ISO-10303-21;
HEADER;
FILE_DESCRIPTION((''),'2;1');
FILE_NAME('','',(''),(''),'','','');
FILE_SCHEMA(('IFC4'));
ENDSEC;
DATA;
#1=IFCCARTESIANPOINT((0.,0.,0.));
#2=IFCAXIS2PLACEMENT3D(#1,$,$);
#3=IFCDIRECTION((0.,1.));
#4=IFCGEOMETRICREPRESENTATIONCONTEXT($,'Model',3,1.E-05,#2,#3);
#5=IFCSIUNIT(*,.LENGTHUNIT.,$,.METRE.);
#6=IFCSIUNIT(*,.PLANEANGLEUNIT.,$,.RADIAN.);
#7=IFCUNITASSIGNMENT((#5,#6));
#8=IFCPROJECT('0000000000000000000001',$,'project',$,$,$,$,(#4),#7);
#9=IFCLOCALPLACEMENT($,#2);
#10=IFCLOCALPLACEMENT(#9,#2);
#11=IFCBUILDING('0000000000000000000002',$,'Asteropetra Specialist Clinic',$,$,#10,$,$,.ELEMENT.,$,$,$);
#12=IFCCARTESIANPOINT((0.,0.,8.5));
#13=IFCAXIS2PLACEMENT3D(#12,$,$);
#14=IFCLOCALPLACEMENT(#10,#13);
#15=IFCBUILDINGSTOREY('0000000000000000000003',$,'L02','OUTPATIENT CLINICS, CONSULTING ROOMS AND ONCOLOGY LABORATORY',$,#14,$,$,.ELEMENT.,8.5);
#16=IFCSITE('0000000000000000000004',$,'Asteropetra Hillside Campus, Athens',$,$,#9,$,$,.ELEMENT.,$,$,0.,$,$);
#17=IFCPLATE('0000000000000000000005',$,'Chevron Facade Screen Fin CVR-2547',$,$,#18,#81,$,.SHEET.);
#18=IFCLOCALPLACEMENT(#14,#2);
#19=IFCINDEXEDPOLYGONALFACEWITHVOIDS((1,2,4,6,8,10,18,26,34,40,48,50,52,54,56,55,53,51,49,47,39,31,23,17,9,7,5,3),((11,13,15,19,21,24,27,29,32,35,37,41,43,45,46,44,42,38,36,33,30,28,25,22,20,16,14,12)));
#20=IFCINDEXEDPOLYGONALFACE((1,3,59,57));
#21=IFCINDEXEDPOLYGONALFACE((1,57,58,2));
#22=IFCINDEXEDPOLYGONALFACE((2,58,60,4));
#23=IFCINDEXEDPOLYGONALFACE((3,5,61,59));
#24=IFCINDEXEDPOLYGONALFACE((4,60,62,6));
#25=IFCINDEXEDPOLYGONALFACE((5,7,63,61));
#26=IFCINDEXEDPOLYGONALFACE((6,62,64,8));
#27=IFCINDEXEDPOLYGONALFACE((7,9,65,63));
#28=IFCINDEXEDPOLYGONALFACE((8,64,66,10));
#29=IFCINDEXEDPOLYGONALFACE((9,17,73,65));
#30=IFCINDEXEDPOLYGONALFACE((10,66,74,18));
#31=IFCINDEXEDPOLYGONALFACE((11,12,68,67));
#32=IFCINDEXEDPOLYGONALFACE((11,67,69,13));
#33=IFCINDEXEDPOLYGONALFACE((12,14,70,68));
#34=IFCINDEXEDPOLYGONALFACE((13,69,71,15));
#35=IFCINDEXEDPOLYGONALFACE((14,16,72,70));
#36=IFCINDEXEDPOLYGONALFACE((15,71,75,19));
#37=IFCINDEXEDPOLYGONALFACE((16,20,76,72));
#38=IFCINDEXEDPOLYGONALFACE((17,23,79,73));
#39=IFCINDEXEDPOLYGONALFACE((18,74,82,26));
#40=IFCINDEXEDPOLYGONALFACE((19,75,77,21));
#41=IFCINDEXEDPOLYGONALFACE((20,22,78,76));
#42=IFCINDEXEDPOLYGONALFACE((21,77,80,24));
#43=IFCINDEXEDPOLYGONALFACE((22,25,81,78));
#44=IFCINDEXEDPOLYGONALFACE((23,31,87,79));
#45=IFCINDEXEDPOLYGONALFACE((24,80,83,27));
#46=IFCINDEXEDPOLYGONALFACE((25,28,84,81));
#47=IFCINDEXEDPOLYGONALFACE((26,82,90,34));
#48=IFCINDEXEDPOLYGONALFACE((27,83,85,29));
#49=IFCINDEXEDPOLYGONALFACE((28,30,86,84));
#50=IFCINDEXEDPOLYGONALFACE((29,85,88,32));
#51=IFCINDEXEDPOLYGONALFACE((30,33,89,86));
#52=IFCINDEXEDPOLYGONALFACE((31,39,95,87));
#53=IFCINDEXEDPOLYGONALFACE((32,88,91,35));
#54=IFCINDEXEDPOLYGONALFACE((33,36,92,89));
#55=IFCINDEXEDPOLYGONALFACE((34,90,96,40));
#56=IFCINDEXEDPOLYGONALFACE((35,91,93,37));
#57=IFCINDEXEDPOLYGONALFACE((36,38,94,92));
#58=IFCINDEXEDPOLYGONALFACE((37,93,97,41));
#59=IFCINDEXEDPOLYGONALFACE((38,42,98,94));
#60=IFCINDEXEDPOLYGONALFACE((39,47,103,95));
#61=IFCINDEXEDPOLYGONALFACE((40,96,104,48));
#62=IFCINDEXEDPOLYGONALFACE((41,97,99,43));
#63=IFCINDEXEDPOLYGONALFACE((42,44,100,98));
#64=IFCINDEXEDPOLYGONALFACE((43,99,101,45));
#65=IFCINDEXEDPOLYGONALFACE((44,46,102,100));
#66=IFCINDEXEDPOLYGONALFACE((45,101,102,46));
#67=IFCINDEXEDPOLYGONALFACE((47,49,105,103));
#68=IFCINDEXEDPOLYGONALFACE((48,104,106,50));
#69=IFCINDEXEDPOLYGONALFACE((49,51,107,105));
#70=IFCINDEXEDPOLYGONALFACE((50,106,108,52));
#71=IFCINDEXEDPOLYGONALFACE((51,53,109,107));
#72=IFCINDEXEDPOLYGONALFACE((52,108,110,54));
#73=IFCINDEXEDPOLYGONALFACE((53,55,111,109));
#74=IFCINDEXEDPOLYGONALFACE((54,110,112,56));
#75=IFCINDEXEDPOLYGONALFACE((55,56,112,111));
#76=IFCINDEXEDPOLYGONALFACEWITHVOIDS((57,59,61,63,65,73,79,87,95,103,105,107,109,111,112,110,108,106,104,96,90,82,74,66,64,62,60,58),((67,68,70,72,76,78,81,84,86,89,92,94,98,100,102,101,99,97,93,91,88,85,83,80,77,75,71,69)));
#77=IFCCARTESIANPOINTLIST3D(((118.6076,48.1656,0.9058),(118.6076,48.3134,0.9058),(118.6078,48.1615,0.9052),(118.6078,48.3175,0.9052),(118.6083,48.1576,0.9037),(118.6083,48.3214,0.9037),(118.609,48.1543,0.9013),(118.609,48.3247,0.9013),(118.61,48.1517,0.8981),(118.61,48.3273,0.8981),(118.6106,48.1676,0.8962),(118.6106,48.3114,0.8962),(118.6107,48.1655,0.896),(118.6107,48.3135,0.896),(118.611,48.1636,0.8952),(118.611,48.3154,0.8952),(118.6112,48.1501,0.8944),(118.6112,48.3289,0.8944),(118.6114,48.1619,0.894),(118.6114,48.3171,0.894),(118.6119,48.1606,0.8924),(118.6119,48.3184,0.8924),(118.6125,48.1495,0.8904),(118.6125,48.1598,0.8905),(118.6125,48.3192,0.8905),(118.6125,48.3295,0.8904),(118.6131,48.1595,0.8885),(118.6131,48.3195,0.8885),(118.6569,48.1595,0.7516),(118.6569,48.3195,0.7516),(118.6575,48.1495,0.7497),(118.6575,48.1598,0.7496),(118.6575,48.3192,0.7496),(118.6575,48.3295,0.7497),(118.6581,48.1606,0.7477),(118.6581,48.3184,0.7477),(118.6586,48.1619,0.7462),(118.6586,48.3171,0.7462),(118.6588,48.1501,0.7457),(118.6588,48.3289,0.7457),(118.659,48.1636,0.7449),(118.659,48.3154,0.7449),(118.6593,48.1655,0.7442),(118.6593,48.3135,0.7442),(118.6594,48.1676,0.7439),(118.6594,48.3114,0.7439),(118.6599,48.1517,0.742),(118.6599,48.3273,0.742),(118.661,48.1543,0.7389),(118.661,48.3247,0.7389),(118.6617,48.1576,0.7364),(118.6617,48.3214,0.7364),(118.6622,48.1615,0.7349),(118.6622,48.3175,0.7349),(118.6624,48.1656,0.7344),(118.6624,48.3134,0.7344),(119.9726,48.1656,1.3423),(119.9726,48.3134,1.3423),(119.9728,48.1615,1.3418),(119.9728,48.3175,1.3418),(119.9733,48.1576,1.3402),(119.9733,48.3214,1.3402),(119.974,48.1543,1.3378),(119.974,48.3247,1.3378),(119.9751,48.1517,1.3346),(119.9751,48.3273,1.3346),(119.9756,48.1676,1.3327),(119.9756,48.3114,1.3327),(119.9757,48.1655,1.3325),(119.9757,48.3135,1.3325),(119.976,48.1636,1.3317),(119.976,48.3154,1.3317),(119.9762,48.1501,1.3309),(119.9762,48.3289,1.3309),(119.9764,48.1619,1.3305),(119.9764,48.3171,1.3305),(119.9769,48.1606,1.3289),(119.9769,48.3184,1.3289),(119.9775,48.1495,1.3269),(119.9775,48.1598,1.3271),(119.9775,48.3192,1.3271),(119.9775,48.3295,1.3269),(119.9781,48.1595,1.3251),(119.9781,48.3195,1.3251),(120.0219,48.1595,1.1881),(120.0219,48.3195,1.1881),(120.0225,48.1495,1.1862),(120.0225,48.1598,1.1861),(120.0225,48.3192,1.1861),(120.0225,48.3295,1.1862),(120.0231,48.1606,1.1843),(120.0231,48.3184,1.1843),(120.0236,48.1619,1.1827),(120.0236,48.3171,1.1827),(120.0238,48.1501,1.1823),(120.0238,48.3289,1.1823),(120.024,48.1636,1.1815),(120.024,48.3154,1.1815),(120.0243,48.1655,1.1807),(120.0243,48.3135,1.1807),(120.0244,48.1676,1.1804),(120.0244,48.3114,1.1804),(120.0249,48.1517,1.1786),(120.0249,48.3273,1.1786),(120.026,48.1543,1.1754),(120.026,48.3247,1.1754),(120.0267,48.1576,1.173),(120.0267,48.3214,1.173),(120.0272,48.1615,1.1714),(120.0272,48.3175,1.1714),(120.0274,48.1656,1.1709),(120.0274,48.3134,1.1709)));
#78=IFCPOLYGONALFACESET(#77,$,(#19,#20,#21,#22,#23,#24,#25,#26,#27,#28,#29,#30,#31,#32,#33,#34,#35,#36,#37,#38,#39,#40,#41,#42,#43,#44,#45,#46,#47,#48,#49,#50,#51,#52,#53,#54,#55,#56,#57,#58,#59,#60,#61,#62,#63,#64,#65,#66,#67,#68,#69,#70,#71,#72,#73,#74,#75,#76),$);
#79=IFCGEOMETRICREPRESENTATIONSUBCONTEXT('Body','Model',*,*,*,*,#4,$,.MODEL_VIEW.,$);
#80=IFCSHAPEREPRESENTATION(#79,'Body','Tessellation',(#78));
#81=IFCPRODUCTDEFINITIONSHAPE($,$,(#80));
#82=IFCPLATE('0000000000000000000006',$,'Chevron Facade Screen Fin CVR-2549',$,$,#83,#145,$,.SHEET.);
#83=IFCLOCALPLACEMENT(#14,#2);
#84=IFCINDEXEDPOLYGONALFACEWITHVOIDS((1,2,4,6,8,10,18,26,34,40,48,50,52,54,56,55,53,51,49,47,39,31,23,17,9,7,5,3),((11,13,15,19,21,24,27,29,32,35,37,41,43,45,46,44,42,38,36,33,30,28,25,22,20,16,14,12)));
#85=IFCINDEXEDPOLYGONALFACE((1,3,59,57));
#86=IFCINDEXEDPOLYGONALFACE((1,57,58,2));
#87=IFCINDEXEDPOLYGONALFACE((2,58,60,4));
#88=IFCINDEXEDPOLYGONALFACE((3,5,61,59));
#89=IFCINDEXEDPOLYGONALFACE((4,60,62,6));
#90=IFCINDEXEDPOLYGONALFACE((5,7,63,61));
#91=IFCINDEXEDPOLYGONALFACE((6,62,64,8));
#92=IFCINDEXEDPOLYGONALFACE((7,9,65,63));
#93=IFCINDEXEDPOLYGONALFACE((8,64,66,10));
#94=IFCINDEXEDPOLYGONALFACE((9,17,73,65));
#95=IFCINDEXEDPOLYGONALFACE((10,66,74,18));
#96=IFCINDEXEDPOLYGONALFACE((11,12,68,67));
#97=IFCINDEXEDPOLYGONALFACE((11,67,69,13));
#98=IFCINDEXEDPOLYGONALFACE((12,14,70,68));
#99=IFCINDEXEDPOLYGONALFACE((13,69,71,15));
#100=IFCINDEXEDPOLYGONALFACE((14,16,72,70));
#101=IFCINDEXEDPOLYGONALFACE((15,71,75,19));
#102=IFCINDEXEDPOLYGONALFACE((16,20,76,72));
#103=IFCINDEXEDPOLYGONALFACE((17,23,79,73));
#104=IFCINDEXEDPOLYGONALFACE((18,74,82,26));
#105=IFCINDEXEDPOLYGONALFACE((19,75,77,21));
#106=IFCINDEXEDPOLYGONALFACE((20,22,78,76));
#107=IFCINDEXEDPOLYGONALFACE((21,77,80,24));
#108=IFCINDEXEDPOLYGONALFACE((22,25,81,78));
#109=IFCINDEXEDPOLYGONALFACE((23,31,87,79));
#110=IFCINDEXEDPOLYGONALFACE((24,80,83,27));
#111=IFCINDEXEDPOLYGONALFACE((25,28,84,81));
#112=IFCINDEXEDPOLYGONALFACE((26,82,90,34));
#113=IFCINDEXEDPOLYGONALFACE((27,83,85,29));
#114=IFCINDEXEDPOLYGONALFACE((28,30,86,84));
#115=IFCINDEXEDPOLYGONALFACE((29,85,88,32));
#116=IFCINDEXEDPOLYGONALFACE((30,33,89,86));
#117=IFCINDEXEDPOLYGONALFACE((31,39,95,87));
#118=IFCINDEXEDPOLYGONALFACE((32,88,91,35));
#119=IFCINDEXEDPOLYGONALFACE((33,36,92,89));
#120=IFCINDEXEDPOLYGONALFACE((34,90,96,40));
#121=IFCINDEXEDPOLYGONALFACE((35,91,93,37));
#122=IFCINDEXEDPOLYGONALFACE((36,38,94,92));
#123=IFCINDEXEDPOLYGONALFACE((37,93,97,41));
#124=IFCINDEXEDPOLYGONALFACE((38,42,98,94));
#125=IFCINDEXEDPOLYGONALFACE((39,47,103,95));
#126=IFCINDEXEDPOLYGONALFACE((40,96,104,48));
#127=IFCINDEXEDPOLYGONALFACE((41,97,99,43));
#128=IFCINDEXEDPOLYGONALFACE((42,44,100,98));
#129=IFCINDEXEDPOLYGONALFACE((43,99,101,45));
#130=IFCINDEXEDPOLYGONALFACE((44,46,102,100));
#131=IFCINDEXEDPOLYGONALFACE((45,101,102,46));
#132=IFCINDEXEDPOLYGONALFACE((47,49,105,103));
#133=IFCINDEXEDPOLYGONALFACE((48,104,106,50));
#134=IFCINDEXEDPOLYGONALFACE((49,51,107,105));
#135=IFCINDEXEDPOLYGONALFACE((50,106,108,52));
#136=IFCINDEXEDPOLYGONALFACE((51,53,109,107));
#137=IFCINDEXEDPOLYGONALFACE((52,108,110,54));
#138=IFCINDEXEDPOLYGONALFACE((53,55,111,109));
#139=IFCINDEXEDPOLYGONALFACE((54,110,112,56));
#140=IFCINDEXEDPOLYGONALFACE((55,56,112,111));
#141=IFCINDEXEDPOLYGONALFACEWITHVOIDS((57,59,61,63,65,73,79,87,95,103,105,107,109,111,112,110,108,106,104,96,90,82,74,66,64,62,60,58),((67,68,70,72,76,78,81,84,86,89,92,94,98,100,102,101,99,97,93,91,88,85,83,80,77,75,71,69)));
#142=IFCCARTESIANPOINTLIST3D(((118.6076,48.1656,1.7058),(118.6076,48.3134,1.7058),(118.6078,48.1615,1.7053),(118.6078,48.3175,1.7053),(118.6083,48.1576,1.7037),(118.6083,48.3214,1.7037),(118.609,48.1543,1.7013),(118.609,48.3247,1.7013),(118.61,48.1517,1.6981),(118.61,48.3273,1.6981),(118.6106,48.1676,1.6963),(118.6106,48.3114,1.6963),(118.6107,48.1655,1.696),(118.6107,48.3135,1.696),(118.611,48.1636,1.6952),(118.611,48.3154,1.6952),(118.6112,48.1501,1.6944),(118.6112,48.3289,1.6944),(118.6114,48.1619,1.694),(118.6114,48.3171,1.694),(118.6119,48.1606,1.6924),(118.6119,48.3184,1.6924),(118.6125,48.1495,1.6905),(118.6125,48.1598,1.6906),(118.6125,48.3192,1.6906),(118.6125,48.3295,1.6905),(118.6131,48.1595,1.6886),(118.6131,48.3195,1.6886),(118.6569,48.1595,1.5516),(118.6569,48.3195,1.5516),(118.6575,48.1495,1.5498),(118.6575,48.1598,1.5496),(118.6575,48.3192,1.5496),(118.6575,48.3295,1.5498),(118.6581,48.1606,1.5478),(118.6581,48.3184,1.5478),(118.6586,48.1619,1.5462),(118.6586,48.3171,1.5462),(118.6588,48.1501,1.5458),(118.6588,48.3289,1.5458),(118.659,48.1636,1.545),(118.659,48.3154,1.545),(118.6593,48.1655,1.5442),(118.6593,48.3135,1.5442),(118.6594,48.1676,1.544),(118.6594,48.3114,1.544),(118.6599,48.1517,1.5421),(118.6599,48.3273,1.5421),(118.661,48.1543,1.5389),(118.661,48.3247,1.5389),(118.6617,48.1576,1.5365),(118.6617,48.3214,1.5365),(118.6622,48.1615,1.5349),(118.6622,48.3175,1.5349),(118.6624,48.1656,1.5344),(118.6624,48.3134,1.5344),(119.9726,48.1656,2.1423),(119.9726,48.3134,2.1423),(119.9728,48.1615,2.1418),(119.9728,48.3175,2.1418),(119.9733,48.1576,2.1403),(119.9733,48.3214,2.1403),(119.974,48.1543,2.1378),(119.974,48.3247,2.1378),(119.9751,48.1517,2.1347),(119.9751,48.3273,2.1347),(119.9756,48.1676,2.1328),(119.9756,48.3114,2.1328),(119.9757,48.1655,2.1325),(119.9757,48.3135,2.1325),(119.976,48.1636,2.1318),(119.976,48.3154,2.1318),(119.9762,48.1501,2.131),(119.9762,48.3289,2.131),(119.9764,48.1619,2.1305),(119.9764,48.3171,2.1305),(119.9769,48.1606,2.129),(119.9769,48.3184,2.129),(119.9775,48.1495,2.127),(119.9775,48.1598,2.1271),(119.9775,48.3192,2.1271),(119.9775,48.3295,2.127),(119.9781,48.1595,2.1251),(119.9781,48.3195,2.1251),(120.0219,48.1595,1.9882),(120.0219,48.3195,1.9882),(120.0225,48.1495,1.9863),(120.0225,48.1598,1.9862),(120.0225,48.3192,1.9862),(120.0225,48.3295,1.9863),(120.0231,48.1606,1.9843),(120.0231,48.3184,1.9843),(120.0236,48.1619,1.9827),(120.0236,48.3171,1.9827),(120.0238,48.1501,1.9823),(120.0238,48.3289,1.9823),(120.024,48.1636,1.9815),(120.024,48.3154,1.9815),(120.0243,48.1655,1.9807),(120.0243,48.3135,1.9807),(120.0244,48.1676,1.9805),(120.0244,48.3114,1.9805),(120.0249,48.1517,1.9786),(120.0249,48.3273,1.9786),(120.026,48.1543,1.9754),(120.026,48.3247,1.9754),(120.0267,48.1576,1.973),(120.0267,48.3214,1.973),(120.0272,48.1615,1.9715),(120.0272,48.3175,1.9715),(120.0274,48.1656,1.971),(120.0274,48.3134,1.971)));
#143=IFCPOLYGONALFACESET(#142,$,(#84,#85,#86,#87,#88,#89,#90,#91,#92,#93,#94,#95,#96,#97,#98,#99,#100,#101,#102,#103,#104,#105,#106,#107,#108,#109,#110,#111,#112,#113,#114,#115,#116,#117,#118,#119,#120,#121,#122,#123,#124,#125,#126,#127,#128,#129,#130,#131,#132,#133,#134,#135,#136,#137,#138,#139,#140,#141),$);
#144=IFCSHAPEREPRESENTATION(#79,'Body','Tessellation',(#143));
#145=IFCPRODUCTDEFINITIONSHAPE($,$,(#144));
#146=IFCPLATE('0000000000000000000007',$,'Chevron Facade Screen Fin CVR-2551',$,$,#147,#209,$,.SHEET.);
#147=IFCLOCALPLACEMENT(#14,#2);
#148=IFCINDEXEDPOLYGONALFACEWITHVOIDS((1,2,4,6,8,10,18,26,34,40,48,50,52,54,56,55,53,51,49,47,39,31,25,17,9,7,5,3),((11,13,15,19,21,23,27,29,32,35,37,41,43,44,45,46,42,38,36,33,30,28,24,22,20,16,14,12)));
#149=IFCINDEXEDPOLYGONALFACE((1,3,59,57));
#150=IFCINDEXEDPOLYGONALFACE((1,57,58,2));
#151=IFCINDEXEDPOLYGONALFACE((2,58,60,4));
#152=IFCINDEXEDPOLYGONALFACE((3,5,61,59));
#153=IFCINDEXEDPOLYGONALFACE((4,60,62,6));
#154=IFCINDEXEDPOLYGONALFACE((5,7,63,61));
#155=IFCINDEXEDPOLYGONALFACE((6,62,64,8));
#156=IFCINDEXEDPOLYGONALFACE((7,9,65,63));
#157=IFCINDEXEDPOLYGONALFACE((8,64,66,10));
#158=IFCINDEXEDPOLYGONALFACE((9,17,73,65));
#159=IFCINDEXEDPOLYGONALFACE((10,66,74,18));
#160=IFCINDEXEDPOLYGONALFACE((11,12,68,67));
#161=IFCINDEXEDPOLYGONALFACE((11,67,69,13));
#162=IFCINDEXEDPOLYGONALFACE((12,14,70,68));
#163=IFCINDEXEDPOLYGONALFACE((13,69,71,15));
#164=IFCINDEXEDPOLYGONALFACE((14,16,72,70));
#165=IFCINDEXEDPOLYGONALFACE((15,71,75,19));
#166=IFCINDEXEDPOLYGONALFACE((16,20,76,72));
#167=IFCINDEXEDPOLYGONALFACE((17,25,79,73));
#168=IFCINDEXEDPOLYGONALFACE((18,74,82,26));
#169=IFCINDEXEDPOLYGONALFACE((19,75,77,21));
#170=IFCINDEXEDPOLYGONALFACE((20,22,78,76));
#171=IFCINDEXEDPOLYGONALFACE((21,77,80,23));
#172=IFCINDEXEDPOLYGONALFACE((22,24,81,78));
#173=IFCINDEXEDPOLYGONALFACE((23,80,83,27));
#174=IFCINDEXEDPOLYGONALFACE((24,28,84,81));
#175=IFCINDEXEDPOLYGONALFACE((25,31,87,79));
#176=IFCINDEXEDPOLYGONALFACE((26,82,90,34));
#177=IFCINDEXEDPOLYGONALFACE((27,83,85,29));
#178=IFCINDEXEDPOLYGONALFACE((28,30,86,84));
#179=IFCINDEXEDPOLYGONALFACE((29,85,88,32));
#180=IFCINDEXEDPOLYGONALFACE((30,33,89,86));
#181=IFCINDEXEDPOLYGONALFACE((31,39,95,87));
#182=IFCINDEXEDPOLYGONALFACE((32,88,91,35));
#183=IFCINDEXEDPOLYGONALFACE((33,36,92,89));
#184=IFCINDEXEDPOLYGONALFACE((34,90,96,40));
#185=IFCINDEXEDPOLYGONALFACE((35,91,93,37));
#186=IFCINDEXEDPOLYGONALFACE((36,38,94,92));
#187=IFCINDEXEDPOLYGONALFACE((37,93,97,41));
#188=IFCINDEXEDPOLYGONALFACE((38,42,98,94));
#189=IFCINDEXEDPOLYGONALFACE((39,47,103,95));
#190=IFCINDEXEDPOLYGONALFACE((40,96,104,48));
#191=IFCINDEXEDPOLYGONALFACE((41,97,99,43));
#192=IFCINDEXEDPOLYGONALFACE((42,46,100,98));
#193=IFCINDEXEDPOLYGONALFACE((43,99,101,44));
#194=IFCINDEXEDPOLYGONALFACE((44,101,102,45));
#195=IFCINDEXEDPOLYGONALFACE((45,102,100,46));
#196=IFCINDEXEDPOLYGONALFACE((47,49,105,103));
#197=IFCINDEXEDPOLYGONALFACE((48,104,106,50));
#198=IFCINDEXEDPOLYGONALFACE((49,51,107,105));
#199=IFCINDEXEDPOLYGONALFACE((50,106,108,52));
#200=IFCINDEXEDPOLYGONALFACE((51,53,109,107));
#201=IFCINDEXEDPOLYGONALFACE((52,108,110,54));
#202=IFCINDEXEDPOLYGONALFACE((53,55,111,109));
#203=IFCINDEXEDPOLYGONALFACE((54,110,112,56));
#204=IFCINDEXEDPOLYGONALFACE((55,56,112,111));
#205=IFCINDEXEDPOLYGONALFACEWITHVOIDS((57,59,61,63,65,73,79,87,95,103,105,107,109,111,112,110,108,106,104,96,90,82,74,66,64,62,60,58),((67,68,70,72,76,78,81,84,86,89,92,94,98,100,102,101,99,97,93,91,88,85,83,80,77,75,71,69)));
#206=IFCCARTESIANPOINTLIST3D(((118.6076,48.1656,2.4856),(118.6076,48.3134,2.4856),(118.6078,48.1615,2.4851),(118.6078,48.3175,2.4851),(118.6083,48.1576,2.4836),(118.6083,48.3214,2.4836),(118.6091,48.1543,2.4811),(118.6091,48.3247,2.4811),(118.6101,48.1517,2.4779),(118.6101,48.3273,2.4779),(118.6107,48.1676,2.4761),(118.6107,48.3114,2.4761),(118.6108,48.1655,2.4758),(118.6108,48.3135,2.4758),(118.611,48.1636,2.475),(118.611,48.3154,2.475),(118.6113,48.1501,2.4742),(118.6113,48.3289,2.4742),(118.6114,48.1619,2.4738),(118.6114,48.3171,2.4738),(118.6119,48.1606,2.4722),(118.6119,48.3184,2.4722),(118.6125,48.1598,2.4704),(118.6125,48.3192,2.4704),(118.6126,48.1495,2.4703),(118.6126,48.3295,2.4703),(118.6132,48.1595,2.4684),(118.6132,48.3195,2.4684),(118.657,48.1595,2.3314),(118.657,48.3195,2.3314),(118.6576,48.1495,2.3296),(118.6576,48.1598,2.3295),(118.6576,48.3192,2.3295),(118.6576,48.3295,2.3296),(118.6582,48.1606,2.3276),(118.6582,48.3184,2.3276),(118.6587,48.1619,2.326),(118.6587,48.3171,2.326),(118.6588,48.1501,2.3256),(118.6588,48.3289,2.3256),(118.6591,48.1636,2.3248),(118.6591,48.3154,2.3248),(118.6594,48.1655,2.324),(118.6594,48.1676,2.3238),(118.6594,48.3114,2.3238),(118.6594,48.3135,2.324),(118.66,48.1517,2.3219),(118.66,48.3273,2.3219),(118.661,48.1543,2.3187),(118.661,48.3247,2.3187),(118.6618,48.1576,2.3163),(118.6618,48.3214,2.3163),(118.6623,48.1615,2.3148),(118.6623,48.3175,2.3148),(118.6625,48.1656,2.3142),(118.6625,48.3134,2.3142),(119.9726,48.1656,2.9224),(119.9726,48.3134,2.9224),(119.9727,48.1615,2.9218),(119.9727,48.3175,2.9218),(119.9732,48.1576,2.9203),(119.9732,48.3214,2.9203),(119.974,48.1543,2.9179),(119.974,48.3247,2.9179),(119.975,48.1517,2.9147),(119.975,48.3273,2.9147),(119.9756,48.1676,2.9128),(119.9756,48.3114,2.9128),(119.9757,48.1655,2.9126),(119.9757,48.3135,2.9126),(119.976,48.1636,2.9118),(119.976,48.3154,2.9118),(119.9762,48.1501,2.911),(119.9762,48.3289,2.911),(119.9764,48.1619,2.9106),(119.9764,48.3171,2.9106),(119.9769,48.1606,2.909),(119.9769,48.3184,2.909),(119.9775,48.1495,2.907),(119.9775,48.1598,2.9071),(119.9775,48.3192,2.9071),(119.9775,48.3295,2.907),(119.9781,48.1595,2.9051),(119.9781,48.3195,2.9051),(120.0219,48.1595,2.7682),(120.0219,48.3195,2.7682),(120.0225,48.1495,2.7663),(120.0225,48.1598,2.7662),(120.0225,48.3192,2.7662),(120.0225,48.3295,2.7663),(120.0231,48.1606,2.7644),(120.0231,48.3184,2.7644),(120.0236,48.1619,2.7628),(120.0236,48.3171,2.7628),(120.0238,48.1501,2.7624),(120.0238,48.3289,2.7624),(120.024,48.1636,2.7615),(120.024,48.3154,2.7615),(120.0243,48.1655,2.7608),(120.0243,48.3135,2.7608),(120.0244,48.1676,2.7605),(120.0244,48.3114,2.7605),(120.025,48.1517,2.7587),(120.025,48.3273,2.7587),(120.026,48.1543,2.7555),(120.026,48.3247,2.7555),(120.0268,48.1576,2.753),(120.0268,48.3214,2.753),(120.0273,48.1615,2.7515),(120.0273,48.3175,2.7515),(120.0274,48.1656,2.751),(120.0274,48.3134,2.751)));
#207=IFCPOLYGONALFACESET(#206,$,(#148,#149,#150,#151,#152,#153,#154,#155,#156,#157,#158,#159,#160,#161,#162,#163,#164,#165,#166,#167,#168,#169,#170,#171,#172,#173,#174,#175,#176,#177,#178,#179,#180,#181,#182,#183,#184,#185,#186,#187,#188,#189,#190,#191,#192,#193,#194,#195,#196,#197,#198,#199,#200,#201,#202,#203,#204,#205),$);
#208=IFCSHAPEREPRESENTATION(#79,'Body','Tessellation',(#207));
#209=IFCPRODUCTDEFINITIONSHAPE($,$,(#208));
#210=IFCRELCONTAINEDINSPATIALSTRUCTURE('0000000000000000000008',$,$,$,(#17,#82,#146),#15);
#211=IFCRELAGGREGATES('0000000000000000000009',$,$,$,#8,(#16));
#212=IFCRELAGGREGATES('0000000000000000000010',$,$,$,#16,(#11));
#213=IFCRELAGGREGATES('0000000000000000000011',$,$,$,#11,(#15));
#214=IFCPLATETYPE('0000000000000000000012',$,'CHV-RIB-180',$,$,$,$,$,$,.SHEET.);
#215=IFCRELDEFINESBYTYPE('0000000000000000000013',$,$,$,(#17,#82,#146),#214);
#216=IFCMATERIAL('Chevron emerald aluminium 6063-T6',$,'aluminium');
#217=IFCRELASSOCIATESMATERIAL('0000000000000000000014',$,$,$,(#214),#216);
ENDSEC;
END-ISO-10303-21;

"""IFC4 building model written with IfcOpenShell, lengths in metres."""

from ifc_helpers import new_model, si_unit, direction, frame, origin, origin_2d, place, context, subcontext, project, spatial, hollow_rectangle, extrude, material, material_profile, profile_set, type_object, element, save


model = new_model("IFC4")

# Units and contexts
model_context = context("Model", 3, precision=1e-05, world=origin(), true_north=direction((0.0, 1.0)))
body_context = subcontext(model_context, "Body", "Model", "MODEL_VIEW")
ifc_project = project(units=[si_unit("LENGTHUNIT", "METRE"), si_unit("PLANEANGLEUNIT", "RADIAN")], contexts=[model_context])

# Site, building, storey
site_placement = place(None, origin())
site = spatial("IfcSite", under=ifc_project, at=site_placement, Name="Asteropetra Hillside Campus, Athens", CompositionType="ELEMENT", RefElevation=0.0)
building_placement = place(site_placement, origin())
building = spatial("IfcBuilding", under=site, at=building_placement, Name="Asteropetra Specialist Clinic", CompositionType="ELEMENT")
storey_placement = place(building_placement, frame((0.0, 0.0, 8.5)))
storey = spatial("IfcBuildingStorey", under=building, at=storey_placement, Name="L02", Description="OUTPATIENT CLINICS, CONSULTING ROOMS AND ONCOLOGY LABORATORY", CompositionType="ELEMENT", Elevation=8.5)

# Plates
ifc_material_1 = material(Name="Chevron emerald aluminium 6063-T6", Category="aluminium")
ifc_material_profile_1 = material_profile(ifc_material_1, hollow_rectangle(XDim=0.1799, YDim=0.1799, WallThickness=0.01, InnerFilletRadius=0.0081, OuterFilletRadius=0.0161, at=origin_2d()), Name="SHS 180x180x10.0")
ifc_profile_set_1 = profile_set([ifc_material_profile_1], Name="Chevron emerald aluminium 6063-T6")
plate_type = type_object("IfcPlateType", Name="CHV-RIB-180", PredefinedType="SHEET", material=ifc_profile_set_1)
for number, where, z_axis, x_axis, name in (
    (1, (120.0, 48.2395, 1.2566), (-0.95248, 0.0, -0.304603), (0.0, -1.0, 0.0), "Chevron Facade Screen Fin CVR-2547"),
    (2, (120.0, 48.2395, 2.0566), (-0.95248, 0.0, -0.304603), (0.0, -1.0, 0.0), "Chevron Facade Screen Fin CVR-2549"),
    (3, (120.0, 48.2395, 2.8367), (-0.95243, 0.0, -0.304757), (0.0, -1.0, 0.0), "Chevron Facade Screen Fin CVR-2551"),
):
    element("IfcPlate", number, at=place(storey_placement, frame(where, z_axis=z_axis, x_axis=x_axis)), inside=storey, type_object=plate_type, Name=name, PredefinedType="SHEET", context=body_context, shape_type="SweptSolid", body=[
        extrude(hollow_rectangle(XDim=0.1799, YDim=0.1799, WallThickness=0.01, InnerFilletRadius=0.0081, OuterFilletRadius=0.0161, at=origin_2d()), origin(), (0.0, 0.0, 1.0), 1.4331),
    ])

save(model, "model.ifc")
